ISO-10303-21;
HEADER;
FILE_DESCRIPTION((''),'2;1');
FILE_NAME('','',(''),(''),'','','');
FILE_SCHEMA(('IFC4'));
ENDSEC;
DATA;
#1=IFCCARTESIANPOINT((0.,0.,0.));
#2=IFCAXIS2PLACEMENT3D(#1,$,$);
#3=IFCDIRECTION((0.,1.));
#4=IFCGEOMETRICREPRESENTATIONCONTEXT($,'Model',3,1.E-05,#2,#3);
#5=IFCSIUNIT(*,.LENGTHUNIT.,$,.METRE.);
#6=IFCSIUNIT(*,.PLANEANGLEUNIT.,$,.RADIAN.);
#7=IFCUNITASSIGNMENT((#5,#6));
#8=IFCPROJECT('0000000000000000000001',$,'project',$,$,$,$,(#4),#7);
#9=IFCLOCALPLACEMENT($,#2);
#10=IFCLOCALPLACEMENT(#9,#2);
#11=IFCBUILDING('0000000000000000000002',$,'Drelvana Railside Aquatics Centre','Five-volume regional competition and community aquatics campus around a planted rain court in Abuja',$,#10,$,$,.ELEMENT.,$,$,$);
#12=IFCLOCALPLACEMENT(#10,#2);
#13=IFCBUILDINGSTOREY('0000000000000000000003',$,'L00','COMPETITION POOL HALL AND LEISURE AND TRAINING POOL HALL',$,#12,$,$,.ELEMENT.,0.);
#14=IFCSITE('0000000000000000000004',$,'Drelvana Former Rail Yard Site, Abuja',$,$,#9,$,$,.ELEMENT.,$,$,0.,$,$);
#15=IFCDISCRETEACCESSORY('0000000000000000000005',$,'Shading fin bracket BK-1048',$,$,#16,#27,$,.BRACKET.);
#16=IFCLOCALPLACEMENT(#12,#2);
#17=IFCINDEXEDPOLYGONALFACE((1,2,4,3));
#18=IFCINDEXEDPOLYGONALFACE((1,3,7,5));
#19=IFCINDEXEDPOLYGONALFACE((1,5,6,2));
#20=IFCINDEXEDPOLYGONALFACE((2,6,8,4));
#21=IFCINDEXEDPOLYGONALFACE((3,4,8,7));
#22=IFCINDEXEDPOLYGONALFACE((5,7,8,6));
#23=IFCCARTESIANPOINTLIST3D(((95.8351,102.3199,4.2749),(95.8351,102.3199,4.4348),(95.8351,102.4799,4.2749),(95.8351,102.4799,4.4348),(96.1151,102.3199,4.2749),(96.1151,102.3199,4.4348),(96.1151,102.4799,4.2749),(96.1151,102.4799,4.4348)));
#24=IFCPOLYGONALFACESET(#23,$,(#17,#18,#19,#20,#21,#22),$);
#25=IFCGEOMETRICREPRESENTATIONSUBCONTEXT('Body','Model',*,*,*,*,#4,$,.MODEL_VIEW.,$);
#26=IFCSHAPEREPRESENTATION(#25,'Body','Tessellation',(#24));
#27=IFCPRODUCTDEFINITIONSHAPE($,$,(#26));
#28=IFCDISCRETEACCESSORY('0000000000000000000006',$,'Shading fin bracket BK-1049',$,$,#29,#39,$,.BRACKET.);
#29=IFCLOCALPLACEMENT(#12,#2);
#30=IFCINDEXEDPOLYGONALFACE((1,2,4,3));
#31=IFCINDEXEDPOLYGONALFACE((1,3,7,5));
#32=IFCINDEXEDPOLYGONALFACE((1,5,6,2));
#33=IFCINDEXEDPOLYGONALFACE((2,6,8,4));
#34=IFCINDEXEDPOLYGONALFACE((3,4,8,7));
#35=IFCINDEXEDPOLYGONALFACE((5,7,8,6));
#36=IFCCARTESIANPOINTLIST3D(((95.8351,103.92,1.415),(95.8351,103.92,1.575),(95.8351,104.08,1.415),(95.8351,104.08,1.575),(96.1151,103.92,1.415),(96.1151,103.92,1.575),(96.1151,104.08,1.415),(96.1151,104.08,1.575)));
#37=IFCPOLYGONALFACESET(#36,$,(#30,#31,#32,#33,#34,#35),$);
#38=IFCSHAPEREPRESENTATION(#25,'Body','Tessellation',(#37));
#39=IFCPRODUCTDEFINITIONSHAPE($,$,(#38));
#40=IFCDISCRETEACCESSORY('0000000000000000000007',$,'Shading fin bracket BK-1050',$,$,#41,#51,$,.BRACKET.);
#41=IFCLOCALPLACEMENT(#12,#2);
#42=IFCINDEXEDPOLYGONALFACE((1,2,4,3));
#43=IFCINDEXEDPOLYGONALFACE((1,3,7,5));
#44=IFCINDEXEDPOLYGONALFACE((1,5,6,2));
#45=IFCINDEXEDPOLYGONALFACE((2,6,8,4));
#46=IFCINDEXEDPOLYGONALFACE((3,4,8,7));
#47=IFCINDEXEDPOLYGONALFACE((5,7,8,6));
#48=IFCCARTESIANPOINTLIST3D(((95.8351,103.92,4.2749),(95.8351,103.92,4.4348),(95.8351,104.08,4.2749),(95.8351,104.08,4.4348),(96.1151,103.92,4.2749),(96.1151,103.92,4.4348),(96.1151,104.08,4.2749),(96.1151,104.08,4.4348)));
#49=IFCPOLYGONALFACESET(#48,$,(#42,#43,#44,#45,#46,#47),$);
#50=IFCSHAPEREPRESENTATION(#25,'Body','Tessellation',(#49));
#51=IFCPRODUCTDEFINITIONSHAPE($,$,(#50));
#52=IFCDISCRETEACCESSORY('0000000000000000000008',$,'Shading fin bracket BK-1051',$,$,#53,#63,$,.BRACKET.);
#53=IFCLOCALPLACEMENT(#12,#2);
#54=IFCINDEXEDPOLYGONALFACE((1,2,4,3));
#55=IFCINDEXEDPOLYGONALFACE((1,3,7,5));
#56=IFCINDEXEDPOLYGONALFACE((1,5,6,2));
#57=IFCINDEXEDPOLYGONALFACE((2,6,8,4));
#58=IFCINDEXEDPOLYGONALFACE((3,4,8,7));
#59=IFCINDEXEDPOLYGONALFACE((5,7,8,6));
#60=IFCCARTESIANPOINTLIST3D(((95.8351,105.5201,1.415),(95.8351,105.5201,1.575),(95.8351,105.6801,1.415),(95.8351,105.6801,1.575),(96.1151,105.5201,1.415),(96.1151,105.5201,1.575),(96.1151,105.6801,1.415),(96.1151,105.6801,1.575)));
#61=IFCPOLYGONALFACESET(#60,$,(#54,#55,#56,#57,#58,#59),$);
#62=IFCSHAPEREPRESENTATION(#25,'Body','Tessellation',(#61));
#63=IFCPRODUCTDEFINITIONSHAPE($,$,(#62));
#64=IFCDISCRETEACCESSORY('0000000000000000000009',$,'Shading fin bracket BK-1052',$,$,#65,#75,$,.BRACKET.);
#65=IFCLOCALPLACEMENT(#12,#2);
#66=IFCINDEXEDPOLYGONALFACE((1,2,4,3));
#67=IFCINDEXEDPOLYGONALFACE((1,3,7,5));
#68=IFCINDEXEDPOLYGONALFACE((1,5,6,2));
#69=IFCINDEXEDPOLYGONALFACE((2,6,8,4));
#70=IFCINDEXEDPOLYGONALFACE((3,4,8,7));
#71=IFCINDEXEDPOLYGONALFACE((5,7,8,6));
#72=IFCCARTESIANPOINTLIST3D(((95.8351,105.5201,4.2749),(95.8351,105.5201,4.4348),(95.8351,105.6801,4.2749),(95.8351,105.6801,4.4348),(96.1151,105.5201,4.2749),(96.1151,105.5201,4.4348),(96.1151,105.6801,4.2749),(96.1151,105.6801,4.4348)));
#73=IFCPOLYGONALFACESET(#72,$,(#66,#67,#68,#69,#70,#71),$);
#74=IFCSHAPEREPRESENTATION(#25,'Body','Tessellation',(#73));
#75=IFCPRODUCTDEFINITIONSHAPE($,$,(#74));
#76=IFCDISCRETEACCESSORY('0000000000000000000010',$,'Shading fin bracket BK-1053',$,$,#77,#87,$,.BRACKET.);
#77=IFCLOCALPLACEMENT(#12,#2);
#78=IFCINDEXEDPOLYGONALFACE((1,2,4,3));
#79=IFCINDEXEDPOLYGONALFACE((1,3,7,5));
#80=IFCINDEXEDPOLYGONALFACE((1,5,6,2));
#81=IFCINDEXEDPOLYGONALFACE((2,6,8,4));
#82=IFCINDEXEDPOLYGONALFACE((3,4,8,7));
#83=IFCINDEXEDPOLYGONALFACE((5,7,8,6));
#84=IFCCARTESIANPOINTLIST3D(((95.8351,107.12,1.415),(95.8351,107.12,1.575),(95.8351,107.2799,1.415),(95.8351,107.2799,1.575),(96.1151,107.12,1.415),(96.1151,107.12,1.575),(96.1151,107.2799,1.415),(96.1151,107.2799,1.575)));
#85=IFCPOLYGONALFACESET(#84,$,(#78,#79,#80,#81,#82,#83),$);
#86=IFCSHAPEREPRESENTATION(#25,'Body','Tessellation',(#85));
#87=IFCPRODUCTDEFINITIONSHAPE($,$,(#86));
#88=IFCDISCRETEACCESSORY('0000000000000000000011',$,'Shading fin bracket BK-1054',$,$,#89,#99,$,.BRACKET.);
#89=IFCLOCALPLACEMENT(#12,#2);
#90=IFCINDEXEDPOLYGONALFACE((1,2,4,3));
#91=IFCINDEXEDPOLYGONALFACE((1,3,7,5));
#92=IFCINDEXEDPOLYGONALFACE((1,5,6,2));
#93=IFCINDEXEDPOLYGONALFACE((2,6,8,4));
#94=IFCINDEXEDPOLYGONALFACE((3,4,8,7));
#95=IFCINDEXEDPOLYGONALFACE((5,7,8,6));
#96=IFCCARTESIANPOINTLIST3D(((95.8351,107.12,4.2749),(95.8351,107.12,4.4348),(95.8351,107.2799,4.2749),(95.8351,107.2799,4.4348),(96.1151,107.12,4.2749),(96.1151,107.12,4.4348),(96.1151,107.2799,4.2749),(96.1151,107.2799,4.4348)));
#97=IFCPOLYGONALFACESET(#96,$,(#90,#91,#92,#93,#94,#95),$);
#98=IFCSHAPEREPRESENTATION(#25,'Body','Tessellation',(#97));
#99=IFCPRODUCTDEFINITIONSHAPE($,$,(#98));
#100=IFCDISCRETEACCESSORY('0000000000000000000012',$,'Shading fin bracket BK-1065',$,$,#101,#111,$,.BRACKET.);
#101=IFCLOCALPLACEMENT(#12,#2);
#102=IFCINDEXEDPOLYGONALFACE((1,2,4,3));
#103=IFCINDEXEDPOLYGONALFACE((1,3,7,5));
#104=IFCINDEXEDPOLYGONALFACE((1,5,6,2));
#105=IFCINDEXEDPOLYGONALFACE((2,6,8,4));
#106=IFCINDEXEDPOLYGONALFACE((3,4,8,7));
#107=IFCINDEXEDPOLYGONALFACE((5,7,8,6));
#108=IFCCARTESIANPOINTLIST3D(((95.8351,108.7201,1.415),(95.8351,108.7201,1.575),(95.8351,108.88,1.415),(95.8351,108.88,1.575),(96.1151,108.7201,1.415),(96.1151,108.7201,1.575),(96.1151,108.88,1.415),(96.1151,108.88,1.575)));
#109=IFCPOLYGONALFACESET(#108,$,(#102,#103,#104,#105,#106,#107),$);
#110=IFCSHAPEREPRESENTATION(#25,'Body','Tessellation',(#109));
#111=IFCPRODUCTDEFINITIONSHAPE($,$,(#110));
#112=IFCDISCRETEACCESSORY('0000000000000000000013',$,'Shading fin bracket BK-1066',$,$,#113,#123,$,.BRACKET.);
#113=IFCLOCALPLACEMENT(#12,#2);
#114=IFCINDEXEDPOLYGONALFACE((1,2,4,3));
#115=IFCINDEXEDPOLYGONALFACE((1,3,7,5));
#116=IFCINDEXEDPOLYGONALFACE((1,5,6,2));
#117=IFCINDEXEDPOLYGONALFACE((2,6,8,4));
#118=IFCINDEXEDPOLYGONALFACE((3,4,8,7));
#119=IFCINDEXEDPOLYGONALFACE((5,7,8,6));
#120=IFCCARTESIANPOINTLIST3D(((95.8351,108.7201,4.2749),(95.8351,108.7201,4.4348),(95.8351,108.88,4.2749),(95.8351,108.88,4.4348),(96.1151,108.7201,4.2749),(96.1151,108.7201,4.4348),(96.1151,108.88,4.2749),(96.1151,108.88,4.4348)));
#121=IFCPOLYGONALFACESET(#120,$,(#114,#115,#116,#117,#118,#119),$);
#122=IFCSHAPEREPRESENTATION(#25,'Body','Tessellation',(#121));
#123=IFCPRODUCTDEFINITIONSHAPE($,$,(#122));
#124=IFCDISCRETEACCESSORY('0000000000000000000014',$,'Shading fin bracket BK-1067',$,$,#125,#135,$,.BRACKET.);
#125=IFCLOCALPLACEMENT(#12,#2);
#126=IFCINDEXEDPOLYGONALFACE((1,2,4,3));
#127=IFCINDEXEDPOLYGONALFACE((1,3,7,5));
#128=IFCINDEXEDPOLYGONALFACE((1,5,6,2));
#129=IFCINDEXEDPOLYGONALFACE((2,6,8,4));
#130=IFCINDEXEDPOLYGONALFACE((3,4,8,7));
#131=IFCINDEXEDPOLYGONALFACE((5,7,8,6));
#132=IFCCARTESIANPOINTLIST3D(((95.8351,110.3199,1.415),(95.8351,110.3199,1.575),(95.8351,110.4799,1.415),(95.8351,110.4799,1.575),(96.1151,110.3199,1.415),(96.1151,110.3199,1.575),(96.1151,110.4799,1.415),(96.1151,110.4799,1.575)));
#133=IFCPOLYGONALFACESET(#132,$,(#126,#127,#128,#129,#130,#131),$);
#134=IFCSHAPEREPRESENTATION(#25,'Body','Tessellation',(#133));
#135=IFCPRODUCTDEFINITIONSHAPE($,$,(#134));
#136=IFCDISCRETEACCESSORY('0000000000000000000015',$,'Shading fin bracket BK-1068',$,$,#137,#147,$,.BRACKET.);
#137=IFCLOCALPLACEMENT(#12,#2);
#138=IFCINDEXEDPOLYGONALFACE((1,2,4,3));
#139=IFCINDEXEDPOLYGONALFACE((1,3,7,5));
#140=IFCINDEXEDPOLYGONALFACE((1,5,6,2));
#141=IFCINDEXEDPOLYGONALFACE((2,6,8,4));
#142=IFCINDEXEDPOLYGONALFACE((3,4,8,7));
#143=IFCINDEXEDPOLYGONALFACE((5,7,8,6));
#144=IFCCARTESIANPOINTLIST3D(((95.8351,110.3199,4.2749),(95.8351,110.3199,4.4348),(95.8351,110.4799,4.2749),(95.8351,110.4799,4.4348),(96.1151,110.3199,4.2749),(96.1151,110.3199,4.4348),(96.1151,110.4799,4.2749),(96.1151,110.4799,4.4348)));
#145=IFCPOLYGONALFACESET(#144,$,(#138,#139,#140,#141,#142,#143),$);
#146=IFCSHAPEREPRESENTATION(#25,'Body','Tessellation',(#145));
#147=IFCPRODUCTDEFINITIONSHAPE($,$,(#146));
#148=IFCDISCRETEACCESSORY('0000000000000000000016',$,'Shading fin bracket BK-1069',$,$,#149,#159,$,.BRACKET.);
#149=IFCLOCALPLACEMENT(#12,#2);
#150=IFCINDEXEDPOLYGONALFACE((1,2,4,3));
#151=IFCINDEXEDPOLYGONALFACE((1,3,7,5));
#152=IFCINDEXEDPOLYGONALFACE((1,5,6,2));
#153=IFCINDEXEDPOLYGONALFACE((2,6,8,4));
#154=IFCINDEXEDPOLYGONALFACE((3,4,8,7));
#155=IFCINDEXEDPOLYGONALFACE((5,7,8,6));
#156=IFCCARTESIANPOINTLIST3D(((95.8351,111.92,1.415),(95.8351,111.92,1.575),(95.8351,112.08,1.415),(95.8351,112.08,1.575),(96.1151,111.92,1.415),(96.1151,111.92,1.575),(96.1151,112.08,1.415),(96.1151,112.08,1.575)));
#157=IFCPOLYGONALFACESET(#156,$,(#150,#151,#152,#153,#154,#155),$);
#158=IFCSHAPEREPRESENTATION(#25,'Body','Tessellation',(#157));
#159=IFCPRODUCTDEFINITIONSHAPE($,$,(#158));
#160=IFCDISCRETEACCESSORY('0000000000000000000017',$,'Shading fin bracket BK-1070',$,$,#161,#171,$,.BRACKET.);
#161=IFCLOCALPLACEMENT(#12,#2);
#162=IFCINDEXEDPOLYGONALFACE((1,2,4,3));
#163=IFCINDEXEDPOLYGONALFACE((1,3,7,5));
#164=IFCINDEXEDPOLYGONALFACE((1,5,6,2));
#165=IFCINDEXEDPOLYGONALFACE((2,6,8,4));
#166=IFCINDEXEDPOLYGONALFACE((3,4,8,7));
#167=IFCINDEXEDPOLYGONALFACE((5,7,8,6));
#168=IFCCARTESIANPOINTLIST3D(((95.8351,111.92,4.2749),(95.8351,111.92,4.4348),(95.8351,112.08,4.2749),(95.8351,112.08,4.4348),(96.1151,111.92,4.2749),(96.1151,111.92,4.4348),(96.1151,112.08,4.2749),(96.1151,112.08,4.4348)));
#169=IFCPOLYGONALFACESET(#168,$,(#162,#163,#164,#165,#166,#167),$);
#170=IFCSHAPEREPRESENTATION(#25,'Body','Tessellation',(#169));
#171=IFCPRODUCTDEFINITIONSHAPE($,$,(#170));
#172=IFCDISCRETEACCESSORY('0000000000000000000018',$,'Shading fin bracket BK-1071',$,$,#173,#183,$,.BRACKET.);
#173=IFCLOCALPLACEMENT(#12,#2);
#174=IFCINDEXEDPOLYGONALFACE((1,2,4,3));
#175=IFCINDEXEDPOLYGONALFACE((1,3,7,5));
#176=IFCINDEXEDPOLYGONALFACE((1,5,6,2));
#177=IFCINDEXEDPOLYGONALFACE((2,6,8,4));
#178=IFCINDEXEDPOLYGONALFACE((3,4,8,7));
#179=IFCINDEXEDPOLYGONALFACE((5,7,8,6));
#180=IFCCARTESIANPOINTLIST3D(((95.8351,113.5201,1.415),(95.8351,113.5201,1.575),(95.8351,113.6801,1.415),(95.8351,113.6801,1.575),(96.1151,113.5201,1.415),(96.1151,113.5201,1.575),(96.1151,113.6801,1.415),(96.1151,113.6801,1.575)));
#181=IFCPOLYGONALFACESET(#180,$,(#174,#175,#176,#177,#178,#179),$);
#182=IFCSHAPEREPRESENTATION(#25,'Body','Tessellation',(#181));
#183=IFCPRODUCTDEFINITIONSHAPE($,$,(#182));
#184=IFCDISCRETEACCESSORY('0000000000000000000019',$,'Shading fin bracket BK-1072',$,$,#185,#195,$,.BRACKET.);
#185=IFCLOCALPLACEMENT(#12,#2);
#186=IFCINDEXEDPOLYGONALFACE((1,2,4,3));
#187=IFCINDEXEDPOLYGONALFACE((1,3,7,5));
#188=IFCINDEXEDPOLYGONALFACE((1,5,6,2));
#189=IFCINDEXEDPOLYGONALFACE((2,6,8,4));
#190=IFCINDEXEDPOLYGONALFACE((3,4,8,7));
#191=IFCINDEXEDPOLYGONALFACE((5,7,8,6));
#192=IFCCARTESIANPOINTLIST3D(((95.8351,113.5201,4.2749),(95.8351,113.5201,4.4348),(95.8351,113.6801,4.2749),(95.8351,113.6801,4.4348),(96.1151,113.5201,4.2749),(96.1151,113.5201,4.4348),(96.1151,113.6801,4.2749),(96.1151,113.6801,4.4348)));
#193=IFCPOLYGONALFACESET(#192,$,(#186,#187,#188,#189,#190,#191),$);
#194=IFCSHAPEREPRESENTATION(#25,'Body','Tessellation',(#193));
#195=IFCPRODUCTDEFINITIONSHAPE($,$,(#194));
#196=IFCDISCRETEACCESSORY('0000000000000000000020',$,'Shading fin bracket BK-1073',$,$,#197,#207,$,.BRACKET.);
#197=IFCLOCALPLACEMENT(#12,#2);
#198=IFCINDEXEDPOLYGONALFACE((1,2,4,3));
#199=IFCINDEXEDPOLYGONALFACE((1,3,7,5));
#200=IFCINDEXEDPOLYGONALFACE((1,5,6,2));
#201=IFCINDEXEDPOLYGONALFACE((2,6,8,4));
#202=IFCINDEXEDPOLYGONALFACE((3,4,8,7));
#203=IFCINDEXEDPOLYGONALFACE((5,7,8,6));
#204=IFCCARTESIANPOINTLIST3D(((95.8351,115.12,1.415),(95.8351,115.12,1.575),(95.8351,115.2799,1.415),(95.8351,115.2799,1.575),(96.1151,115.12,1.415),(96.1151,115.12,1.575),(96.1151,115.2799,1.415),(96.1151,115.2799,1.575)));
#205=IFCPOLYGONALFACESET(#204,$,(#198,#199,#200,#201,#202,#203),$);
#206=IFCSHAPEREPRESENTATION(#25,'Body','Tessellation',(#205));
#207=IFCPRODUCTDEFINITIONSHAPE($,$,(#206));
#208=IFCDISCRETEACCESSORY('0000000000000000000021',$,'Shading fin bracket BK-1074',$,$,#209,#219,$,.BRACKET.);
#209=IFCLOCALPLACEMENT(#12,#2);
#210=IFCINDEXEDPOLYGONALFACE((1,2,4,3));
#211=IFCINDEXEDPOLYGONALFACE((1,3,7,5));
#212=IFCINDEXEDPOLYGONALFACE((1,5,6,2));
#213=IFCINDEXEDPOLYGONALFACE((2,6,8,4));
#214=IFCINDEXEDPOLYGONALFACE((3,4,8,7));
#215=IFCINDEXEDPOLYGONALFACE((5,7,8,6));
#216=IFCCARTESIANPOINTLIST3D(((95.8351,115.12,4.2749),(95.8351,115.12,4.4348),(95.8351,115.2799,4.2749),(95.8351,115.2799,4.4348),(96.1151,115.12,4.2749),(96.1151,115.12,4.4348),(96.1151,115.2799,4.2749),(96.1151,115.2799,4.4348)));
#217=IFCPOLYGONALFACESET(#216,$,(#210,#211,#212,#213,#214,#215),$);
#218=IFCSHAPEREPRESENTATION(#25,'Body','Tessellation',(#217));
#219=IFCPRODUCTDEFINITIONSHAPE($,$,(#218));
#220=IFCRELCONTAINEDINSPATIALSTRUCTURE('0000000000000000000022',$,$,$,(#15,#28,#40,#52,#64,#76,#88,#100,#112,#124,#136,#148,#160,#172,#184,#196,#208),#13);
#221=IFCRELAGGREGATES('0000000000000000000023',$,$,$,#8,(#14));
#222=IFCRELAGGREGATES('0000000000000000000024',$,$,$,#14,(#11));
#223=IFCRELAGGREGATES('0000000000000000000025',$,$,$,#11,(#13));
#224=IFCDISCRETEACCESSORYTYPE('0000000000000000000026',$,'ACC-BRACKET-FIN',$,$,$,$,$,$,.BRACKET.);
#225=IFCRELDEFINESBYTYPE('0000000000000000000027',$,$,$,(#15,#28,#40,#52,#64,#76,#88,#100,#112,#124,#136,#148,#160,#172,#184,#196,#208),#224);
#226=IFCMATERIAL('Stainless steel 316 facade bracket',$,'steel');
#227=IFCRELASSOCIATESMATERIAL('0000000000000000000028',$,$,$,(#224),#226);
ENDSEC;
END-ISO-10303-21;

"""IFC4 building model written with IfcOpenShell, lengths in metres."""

from ifc_helpers import new_model, si_unit, direction, frame, origin, origin_2d, place, context, subcontext, project, spatial, rectangle, extrude, material, type_object, element, save


model = new_model("IFC4")

# Units and contexts
model_context = context("Model", 3, precision=1e-05, world=origin(), true_north=direction((0.0, 1.0)))
body_context = subcontext(model_context, "Body", "Model", "MODEL_VIEW")
ifc_project = project(units=[si_unit("LENGTHUNIT", "METRE"), si_unit("PLANEANGLEUNIT", "RADIAN")], contexts=[model_context])

# Site, building, storey
site_placement = place(None, origin())
site = spatial("IfcSite", under=ifc_project, at=site_placement, Name="Drelvana Former Rail Yard Site, Abuja", CompositionType="ELEMENT", RefElevation=0.0)
building_placement = place(site_placement, origin())
building = spatial("IfcBuilding", under=site, at=building_placement, Name="Drelvana Railside Aquatics Centre", Description="Five-volume regional competition and community aquatics campus around a planted rain court in Abuja", CompositionType="ELEMENT")
storey_placement = place(building_placement, origin())
storey = spatial("IfcBuildingStorey", under=building, at=storey_placement, Name="L00", Description="COMPETITION POOL HALL AND LEISURE AND TRAINING POOL HALL", CompositionType="ELEMENT", Elevation=0.0)

# Discrete accessories
ifc_material_1 = material(Name="Stainless steel 316 facade bracket", Category="steel")
discrete_accessory_type = type_object("IfcDiscreteAccessoryType", Name="ACC-BRACKET-FIN", PredefinedType="BRACKET", material=ifc_material_1)
for number, where, z_axis, x_axis, name in (
    (1, (95.9751, 102.3999, 4.2749), (0.0, 0.0, 1.0), (-1.0, 0.0, 0.0), "Shading fin bracket BK-1048"),
    (2, (95.9751, 104.0, 1.415), (0.0, 0.0, 1.0), (-1.0, 0.0, 0.0), "Shading fin bracket BK-1049"),
    (3, (95.9751, 104.0, 4.2749), (0.0, 0.0, 1.0), (-1.0, 0.0, 0.0), "Shading fin bracket BK-1050"),
    (4, (95.9751, 105.6001, 1.415), (0.0, 0.0, 1.0), (-1.0, 0.0, 0.0), "Shading fin bracket BK-1051"),
    (5, (95.9751, 105.6001, 4.2749), (0.0, 0.0, 1.0), (-1.0, 0.0, 0.0), "Shading fin bracket BK-1052"),
    (6, (95.9751, 107.2, 1.415), (0.0, 0.0, 1.0), (-1.0, 0.0, 0.0), "Shading fin bracket BK-1053"),
    (7, (95.9751, 107.2, 4.2749), (0.0, 0.0, 1.0), (-1.0, 0.0, 0.0), "Shading fin bracket BK-1054"),
    (8, (95.9751, 108.8, 1.415), (0.0, 0.0, 1.0), (-1.0, 0.0, 0.0), "Shading fin bracket BK-1065"),
    (9, (95.9751, 108.8, 4.2749), (0.0, 0.0, 1.0), (-1.0, 0.0, 0.0), "Shading fin bracket BK-1066"),
    (10, (95.9751, 110.3999, 1.415), (0.0, 0.0, 1.0), (-1.0, 0.0, 0.0), "Shading fin bracket BK-1067"),
    (11, (95.9751, 110.3999, 4.2749), (0.0, 0.0, 1.0), (-1.0, 0.0, 0.0), "Shading fin bracket BK-1068"),
    (12, (95.9751, 112.0, 1.415), (0.0, 0.0, 1.0), (-1.0, 0.0, 0.0), "Shading fin bracket BK-1069"),
    (13, (95.9751, 112.0, 4.2749), (0.0, 0.0, 1.0), (-1.0, 0.0, 0.0), "Shading fin bracket BK-1070"),
    (14, (95.9751, 113.6001, 1.415), (0.0, 0.0, 1.0), (-1.0, 0.0, 0.0), "Shading fin bracket BK-1071"),
    (15, (95.9751, 113.6001, 4.2749), (0.0, 0.0, 1.0), (-1.0, 0.0, 0.0), "Shading fin bracket BK-1072"),
    (16, (95.9751, 115.2, 1.415), (0.0, 0.0, 1.0), (-1.0, 0.0, 0.0), "Shading fin bracket BK-1073"),
    (17, (95.9751, 115.2, 4.2749), (0.0, 0.0, 1.0), (-1.0, 0.0, 0.0), "Shading fin bracket BK-1074"),
):
    element("IfcDiscreteAccessory", number, at=place(storey_placement, frame(where, z_axis=z_axis, x_axis=x_axis)), inside=storey, type_object=discrete_accessory_type, Name=name, PredefinedType="BRACKET", context=body_context, shape_type="SweptSolid", body=[
        extrude(rectangle(XDim=0.28, YDim=0.1599, at=origin_2d()), origin(), (0.0, 0.0, 1.0), 0.1599),
    ])

save(model, "model.ifc")
